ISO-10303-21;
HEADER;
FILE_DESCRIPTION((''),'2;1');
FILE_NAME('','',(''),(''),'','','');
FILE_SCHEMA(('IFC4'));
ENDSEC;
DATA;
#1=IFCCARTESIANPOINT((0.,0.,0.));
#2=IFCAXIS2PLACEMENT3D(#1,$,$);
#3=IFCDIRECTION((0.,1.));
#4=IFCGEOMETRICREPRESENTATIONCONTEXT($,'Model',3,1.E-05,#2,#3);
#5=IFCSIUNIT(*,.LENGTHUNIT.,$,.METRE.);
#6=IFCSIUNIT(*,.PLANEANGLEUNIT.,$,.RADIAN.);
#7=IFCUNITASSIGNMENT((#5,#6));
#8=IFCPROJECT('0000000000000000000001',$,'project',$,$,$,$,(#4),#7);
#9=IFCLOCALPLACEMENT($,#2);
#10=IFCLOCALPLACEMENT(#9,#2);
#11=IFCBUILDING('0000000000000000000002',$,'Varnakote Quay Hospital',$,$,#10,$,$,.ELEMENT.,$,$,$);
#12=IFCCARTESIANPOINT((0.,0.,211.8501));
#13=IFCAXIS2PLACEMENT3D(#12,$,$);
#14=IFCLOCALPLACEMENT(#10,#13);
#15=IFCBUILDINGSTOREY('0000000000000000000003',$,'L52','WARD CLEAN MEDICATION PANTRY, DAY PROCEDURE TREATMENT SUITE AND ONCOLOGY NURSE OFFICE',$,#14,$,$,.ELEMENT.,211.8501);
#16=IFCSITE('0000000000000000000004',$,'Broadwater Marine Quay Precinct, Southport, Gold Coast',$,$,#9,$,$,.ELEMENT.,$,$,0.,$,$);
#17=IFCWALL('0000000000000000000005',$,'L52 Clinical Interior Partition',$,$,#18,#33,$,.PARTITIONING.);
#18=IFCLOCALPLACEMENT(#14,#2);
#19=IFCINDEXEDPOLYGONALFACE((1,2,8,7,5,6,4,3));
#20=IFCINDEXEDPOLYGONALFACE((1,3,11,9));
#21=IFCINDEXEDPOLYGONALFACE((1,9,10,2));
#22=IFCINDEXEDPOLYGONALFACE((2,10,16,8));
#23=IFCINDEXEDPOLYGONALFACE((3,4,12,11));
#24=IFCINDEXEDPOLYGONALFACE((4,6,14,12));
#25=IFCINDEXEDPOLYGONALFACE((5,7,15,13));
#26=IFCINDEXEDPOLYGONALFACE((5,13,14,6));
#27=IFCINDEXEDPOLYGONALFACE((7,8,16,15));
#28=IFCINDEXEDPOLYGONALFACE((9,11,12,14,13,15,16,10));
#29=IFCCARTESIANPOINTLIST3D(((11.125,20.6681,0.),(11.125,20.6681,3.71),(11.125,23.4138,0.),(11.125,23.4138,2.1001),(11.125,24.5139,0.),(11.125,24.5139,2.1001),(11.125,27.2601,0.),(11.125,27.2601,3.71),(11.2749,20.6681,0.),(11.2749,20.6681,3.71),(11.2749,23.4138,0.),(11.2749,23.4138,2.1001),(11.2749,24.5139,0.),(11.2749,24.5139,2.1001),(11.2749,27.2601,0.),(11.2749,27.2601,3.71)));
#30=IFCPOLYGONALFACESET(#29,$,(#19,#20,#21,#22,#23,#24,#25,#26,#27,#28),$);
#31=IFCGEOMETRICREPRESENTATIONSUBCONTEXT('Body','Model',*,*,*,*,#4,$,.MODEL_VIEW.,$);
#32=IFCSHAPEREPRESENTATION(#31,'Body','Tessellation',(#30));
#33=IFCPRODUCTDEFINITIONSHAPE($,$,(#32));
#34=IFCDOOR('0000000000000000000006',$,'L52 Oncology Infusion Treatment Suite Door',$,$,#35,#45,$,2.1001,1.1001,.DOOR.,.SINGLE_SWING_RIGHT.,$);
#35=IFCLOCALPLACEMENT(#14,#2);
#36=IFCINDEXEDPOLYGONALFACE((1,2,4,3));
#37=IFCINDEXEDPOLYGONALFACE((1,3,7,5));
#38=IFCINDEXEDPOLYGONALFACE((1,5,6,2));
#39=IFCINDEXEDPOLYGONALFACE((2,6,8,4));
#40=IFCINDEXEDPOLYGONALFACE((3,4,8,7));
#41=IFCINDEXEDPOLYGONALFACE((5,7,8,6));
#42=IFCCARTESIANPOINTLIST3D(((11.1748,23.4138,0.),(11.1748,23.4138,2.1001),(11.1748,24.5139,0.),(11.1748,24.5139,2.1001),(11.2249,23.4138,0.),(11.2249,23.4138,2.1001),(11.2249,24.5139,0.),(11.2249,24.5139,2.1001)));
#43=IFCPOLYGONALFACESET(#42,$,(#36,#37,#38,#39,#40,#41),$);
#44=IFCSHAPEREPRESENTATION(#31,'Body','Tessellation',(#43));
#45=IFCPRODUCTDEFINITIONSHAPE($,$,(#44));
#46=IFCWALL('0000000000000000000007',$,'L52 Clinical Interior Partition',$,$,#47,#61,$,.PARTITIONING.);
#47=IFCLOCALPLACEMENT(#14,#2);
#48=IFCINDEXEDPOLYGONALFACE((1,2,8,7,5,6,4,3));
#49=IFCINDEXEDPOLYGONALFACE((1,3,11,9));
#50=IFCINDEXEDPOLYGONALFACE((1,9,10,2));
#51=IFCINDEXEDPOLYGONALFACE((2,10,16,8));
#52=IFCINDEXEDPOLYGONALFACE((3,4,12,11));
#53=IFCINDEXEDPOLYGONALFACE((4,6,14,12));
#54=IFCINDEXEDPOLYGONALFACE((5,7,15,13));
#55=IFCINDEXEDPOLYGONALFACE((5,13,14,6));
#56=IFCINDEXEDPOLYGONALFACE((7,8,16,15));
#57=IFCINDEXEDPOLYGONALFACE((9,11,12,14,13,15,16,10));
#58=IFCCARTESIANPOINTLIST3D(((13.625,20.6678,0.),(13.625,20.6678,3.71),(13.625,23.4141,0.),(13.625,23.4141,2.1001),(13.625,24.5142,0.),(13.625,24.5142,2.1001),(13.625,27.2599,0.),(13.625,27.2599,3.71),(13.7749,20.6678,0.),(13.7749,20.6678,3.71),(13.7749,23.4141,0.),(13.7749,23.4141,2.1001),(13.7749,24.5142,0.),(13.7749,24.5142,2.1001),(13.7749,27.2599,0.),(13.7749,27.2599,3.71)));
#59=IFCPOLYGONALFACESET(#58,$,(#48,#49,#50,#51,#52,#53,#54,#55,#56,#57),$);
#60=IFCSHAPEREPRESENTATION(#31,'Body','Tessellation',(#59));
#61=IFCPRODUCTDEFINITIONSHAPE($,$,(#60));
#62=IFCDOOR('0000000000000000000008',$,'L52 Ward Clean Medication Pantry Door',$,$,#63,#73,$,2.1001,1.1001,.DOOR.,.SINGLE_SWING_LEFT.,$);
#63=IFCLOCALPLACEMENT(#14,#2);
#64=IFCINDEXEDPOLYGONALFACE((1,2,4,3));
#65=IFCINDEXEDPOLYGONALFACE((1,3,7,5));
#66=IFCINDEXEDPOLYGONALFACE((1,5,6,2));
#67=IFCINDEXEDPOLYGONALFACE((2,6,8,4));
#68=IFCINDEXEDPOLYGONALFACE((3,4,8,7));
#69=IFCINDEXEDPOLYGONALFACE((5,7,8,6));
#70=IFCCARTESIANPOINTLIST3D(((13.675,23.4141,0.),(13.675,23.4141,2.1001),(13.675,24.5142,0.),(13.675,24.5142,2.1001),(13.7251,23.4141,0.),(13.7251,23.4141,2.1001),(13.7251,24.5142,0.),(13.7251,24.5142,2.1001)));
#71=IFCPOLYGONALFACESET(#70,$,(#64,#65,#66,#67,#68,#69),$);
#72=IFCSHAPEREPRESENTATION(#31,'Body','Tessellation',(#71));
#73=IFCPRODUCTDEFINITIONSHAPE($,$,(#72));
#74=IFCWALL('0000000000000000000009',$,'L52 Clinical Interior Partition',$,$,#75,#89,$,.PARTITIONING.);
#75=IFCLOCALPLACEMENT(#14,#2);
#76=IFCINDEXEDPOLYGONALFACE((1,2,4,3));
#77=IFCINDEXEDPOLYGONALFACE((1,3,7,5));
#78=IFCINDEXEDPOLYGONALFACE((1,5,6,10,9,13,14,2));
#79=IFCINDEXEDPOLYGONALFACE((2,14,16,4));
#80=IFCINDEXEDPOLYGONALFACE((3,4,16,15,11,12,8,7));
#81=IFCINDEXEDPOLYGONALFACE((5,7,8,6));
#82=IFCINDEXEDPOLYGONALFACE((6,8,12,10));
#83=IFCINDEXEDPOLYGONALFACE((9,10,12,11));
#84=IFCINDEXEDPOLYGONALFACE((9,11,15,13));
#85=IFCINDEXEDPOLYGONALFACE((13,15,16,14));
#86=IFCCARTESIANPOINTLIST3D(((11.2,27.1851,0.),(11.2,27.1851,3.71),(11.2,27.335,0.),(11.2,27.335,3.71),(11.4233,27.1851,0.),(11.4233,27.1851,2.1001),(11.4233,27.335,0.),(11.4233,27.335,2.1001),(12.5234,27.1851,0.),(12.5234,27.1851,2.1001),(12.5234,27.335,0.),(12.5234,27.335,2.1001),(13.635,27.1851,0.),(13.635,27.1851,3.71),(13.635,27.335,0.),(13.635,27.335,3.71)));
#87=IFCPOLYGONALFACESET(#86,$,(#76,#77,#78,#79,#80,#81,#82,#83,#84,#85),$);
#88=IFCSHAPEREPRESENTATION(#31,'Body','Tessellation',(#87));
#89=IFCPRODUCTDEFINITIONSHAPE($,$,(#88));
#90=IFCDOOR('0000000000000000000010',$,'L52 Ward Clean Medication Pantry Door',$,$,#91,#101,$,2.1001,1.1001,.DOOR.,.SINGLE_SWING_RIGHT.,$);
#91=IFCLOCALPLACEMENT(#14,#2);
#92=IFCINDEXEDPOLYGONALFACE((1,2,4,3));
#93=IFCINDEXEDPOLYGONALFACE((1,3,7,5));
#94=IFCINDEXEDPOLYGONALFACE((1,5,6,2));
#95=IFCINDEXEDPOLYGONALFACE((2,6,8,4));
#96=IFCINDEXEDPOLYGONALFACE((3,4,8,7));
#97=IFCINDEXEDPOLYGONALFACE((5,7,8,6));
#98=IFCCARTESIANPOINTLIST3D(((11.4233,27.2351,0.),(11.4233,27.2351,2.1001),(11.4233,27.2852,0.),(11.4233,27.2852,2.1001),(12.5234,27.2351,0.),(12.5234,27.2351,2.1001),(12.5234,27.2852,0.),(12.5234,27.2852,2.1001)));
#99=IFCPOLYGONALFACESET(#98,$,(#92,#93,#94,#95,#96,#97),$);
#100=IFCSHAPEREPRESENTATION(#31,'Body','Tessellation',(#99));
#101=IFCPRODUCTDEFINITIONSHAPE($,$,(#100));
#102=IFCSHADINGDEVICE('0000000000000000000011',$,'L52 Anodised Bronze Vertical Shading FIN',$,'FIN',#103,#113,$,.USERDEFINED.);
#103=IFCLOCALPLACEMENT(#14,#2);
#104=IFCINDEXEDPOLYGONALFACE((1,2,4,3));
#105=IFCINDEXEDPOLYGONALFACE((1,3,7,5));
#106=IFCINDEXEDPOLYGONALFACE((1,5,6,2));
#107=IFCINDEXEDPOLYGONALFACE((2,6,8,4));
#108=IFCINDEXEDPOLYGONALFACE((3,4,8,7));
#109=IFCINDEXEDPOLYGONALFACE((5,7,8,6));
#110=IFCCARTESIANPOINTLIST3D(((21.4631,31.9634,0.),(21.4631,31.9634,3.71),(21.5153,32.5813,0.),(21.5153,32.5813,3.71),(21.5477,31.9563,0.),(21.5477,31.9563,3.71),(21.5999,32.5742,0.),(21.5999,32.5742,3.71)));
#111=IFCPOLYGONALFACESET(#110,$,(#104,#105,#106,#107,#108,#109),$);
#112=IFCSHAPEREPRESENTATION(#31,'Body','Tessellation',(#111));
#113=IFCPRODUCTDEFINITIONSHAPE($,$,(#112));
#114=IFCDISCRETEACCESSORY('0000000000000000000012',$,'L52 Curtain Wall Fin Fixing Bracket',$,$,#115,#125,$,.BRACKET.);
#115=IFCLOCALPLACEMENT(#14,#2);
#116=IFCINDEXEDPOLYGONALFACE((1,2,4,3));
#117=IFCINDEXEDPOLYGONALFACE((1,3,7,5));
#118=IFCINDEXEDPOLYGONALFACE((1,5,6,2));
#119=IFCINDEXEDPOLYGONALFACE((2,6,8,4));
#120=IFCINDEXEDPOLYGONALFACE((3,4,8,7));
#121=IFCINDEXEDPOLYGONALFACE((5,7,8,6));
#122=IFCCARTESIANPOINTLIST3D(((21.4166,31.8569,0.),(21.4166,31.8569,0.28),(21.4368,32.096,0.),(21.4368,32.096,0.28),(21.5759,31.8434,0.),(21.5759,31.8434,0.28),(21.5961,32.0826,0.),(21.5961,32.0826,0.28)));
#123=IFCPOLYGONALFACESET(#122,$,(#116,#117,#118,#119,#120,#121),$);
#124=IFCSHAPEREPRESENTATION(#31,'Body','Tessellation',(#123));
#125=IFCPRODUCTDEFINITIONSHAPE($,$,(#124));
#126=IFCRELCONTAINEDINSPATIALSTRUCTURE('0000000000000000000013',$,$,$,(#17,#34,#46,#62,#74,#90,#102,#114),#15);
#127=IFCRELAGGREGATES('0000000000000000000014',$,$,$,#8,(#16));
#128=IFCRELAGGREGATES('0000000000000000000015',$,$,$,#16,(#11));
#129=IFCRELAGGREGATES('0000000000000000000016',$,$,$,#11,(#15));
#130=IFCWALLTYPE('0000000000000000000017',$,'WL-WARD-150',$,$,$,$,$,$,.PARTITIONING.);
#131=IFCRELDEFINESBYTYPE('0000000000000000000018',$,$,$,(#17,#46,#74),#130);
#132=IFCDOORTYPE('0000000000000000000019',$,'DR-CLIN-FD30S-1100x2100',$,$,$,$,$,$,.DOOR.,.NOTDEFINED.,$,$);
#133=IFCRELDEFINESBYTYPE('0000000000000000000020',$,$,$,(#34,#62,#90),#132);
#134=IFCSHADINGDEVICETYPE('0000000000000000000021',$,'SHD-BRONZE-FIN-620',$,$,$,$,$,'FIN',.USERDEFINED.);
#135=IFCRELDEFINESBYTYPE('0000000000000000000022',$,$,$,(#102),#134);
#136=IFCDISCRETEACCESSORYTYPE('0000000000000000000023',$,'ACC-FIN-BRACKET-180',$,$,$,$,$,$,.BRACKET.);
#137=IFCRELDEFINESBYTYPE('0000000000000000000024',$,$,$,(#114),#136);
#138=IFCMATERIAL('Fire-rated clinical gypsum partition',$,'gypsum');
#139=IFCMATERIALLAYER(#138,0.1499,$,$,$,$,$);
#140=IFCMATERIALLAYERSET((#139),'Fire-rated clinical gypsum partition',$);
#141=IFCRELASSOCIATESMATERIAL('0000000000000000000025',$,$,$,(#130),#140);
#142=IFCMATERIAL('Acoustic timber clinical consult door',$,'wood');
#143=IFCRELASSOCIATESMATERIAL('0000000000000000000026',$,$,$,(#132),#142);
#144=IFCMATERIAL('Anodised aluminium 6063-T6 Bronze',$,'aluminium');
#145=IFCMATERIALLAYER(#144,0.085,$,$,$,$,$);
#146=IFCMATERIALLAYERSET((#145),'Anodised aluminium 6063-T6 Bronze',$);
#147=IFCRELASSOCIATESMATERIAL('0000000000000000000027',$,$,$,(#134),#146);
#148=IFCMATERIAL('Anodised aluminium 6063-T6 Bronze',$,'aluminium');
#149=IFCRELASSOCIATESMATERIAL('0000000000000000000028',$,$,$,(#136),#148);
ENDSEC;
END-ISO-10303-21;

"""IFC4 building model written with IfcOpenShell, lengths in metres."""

from ifc_helpers import new_model, si_unit, direction, frame, frame_2d, origin, origin_2d, place, context, subcontext, project, spatial, rectangle, extrude, material, layer, layer_set, type_object, element, fill, save


model = new_model("IFC4")

# Units and contexts
model_context = context("Model", 3, precision=1e-05, world=origin(), true_north=direction((0.0, 1.0)))
body_context = subcontext(model_context, "Body", "Model", "MODEL_VIEW")
ifc_project = project(units=[si_unit("LENGTHUNIT", "METRE"), si_unit("PLANEANGLEUNIT", "RADIAN")], contexts=[model_context])

# Site, building, storey
site_placement = place(None, origin())
site = spatial("IfcSite", under=ifc_project, at=site_placement, Name="Broadwater Marine Quay Precinct, Southport, Gold Coast", CompositionType="ELEMENT", RefElevation=0.0)
building_placement = place(site_placement, origin())
building = spatial("IfcBuilding", under=site, at=building_placement, Name="Varnakote Quay Hospital", CompositionType="ELEMENT")
storey_placement = place(building_placement, frame((0.0, 0.0, 211.8501)))
storey = spatial("IfcBuildingStorey", under=building, at=storey_placement, Name="L52", Description="WARD CLEAN MEDICATION PANTRY, DAY PROCEDURE TREATMENT SUITE AND ONCOLOGY NURSE OFFICE", CompositionType="ELEMENT", Elevation=211.8501)

# Shared definitions
ifc_material_1 = material(Name="Fire-rated clinical gypsum partition", Category="gypsum")
ifc_layer_1 = layer(ifc_material_1, 0.1499)
ifc_layer_set_1 = layer_set([ifc_layer_1], Name="Fire-rated clinical gypsum partition")
wall_type_1 = type_object("IfcWallType", Name="WL-WARD-150", PredefinedType="PARTITIONING", material=ifc_layer_set_1)

# Walls, openings, doors
wall_1_placement = place(storey_placement, frame((11.2, 27.26, 0.0), z_axis=(0.0, 0.0, 1.0), x_axis=(0.0, -1.0, 0.0)))
wall_1 = element("IfcWall", 1, at=wall_1_placement, inside=storey, type_object=wall_type_1, Name="L52 Clinical Interior Partition", PredefinedType="PARTITIONING", context=body_context, shape_type="SweptSolid", body=[
    extrude(rectangle(XDim=6.592, YDim=0.1499, at=frame_2d((3.2959, 0.0))), origin(), (0.0, 0.0, 1.0), 3.71),
])
opening_1_placement = place(wall_1_placement, frame((2.7461, 0.0, 0.0)))
opening_1 = element("IfcOpeningElement", 2, at=opening_1_placement, cuts=wall_1, PredefinedType="OPENING", context=body_context, shape_type="SweptSolid", body=[
    extrude(rectangle(XDim=1.1001, YDim=2.1001, at=frame_2d((0.55, 1.05))), frame((0.0, 0.085, 0.0), z_axis=(0.0, -1.0, 0.0), x_axis=(1.0, 0.0, 0.0)), (0.0, 0.0, 1.0), 0.1699),
])
ifc_material_2 = material(Name="Acoustic timber clinical consult door", Category="wood")
door_type = type_object("IfcDoorType", Name="DR-CLIN-FD30S-1100x2100", OperationType="NOTDEFINED", PredefinedType="DOOR", material=ifc_material_2)
door_1_placement = place(opening_1_placement, origin())
door_1 = element("IfcDoor", 3, at=door_1_placement, inside=storey, type_object=door_type, Name="L52 Oncology Infusion Treatment Suite Door", OperationType="SINGLE_SWING_RIGHT", OverallHeight=2.1001, OverallWidth=1.1001, PredefinedType="DOOR", context=body_context, shape_type="SweptSolid", body=[
    extrude(rectangle(XDim=1.1001, YDim=2.1001, at=frame_2d((0.55, 1.05))), frame((0.0, 0.0249, 0.0), z_axis=(0.0, -1.0, 0.0), x_axis=(1.0, 0.0, 0.0)), (0.0, 0.0, 1.0), 0.05),
])
fill(opening_1, door_1)
wall_2_placement = place(storey_placement, frame((13.7, 20.668, 0.0), z_axis=(0.0, 0.0, 1.0), x_axis=(0.0, 1.0, 0.0)))
wall_2 = element("IfcWall", 4, at=wall_2_placement, inside=storey, type_object=wall_type_1, Name="L52 Clinical Interior Partition", PredefinedType="PARTITIONING", context=body_context, shape_type="SweptSolid", body=[
    extrude(rectangle(XDim=6.592, YDim=0.1499, at=frame_2d((3.2959, 0.0))), origin(), (0.0, 0.0, 1.0), 3.71),
])
opening_2_placement = place(wall_2_placement, frame((2.7461, 0.0, 0.0)))
opening_2 = element("IfcOpeningElement", 5, at=opening_2_placement, cuts=wall_2, PredefinedType="OPENING", context=body_context, shape_type="SweptSolid", body=[
    extrude(rectangle(XDim=1.1001, YDim=2.1001, at=frame_2d((0.55, 1.05))), frame((0.0, 0.085, 0.0), z_axis=(0.0, -1.0, 0.0), x_axis=(1.0, 0.0, 0.0)), (0.0, 0.0, 1.0), 0.1699),
])
door_2_placement = place(opening_2_placement, origin())
door_2 = element("IfcDoor", 6, at=door_2_placement, inside=storey, type_object=door_type, Name="L52 Ward Clean Medication Pantry Door", OperationType="SINGLE_SWING_LEFT", OverallHeight=2.1001, OverallWidth=1.1001, PredefinedType="DOOR", context=body_context, shape_type="SweptSolid", body=[
    extrude(rectangle(XDim=1.1001, YDim=2.1001, at=frame_2d((0.55, 1.05))), frame((0.0, 0.0249, 0.0), z_axis=(0.0, -1.0, 0.0), x_axis=(1.0, 0.0, 0.0)), (0.0, 0.0, 1.0), 0.05),
])
fill(opening_2, door_2)
wall_3_placement = place(storey_placement, frame((13.635, 27.26, 0.0), z_axis=(0.0, 0.0, 1.0), x_axis=(-1.0, 0.0, 0.0)))
wall_3 = element("IfcWall", 7, at=wall_3_placement, inside=storey, type_object=wall_type_1, Name="L52 Clinical Interior Partition", PredefinedType="PARTITIONING", context=body_context, shape_type="SweptSolid", body=[
    extrude(rectangle(XDim=2.4351, YDim=0.1499, at=frame_2d((1.2175, 0.0))), origin(), (0.0, 0.0, 1.0), 3.71),
])
opening_3_placement = place(wall_3_placement, frame((1.1116, 0.0, 0.0)))
opening_3 = element("IfcOpeningElement", 8, at=opening_3_placement, cuts=wall_3, PredefinedType="OPENING", context=body_context, shape_type="SweptSolid", body=[
    extrude(rectangle(XDim=1.1001, YDim=2.1001, at=frame_2d((0.55, 1.05))), frame((0.0, 0.085, 0.0), z_axis=(0.0, -1.0, 0.0), x_axis=(1.0, 0.0, 0.0)), (0.0, 0.0, 1.0), 0.1699),
])
door_3_placement = place(opening_3_placement, origin())
door_3 = element("IfcDoor", 9, at=door_3_placement, inside=storey, type_object=door_type, Name="L52 Ward Clean Medication Pantry Door", OperationType="SINGLE_SWING_RIGHT", OverallHeight=2.1001, OverallWidth=1.1001, PredefinedType="DOOR", context=body_context, shape_type="SweptSolid", body=[
    extrude(rectangle(XDim=1.1001, YDim=2.1001, at=frame_2d((0.55, 1.05))), frame((0.0, 0.0249, 0.0), z_axis=(0.0, -1.0, 0.0), x_axis=(1.0, 0.0, 0.0)), (0.0, 0.0, 1.0), 0.05),
])
fill(opening_3, door_3)

# Shading device
ifc_material_3 = material(Name="Anodised aluminium 6063-T6 Bronze", Category="aluminium")
ifc_layer_2 = layer(ifc_material_3, 0.085)
ifc_layer_set_2 = layer_set([ifc_layer_2], Name="Anodised aluminium 6063-T6 Bronze")
shading_device_type = type_object("IfcShadingDeviceType", Name="SHD-BRONZE-FIN-620", ElementType="FIN", PredefinedType="USERDEFINED", material=ifc_layer_set_2)
shading_device_placement = place(storey_placement, frame((21.5315, 32.2688, 0.0), z_axis=(0.0, 0.0, 1.0), x_axis=(-0.0842, -0.996449, 0.0)))
element("IfcShadingDevice", 10, at=shading_device_placement, inside=storey, type_object=shading_device_type, Name="L52 Anodised Bronze Vertical Shading FIN", ObjectType="FIN", PredefinedType="USERDEFINED", context=body_context, shape_type="SweptSolid", body=[
    extrude(rectangle(XDim=0.6201, YDim=0.085, at=origin_2d()), origin(), (0.0, 0.0, 1.0), 3.71),
])

# Discrete accessory
ifc_material_4 = material(Name="Anodised aluminium 6063-T6 Bronze", Category="aluminium")
discrete_accessory_type = type_object("IfcDiscreteAccessoryType", Name="ACC-FIN-BRACKET-180", PredefinedType="BRACKET", material=ifc_material_4)
discrete_accessory_placement = place(storey_placement, frame((21.5063, 31.9697, 0.0), z_axis=(0.0, 0.0, 1.0), x_axis=(-0.996449, 0.0842, 0.0)))
element("IfcDiscreteAccessory", 11, at=discrete_accessory_placement, inside=storey, type_object=discrete_accessory_type, Name="L52 Curtain Wall Fin Fixing Bracket", PredefinedType="BRACKET", context=body_context, shape_type="SweptSolid", body=[
    extrude(rectangle(XDim=0.1599, YDim=0.24, at=origin_2d()), origin(), (0.0, 0.0, 1.0), 0.28),
])

save(model, "model.ifc")
